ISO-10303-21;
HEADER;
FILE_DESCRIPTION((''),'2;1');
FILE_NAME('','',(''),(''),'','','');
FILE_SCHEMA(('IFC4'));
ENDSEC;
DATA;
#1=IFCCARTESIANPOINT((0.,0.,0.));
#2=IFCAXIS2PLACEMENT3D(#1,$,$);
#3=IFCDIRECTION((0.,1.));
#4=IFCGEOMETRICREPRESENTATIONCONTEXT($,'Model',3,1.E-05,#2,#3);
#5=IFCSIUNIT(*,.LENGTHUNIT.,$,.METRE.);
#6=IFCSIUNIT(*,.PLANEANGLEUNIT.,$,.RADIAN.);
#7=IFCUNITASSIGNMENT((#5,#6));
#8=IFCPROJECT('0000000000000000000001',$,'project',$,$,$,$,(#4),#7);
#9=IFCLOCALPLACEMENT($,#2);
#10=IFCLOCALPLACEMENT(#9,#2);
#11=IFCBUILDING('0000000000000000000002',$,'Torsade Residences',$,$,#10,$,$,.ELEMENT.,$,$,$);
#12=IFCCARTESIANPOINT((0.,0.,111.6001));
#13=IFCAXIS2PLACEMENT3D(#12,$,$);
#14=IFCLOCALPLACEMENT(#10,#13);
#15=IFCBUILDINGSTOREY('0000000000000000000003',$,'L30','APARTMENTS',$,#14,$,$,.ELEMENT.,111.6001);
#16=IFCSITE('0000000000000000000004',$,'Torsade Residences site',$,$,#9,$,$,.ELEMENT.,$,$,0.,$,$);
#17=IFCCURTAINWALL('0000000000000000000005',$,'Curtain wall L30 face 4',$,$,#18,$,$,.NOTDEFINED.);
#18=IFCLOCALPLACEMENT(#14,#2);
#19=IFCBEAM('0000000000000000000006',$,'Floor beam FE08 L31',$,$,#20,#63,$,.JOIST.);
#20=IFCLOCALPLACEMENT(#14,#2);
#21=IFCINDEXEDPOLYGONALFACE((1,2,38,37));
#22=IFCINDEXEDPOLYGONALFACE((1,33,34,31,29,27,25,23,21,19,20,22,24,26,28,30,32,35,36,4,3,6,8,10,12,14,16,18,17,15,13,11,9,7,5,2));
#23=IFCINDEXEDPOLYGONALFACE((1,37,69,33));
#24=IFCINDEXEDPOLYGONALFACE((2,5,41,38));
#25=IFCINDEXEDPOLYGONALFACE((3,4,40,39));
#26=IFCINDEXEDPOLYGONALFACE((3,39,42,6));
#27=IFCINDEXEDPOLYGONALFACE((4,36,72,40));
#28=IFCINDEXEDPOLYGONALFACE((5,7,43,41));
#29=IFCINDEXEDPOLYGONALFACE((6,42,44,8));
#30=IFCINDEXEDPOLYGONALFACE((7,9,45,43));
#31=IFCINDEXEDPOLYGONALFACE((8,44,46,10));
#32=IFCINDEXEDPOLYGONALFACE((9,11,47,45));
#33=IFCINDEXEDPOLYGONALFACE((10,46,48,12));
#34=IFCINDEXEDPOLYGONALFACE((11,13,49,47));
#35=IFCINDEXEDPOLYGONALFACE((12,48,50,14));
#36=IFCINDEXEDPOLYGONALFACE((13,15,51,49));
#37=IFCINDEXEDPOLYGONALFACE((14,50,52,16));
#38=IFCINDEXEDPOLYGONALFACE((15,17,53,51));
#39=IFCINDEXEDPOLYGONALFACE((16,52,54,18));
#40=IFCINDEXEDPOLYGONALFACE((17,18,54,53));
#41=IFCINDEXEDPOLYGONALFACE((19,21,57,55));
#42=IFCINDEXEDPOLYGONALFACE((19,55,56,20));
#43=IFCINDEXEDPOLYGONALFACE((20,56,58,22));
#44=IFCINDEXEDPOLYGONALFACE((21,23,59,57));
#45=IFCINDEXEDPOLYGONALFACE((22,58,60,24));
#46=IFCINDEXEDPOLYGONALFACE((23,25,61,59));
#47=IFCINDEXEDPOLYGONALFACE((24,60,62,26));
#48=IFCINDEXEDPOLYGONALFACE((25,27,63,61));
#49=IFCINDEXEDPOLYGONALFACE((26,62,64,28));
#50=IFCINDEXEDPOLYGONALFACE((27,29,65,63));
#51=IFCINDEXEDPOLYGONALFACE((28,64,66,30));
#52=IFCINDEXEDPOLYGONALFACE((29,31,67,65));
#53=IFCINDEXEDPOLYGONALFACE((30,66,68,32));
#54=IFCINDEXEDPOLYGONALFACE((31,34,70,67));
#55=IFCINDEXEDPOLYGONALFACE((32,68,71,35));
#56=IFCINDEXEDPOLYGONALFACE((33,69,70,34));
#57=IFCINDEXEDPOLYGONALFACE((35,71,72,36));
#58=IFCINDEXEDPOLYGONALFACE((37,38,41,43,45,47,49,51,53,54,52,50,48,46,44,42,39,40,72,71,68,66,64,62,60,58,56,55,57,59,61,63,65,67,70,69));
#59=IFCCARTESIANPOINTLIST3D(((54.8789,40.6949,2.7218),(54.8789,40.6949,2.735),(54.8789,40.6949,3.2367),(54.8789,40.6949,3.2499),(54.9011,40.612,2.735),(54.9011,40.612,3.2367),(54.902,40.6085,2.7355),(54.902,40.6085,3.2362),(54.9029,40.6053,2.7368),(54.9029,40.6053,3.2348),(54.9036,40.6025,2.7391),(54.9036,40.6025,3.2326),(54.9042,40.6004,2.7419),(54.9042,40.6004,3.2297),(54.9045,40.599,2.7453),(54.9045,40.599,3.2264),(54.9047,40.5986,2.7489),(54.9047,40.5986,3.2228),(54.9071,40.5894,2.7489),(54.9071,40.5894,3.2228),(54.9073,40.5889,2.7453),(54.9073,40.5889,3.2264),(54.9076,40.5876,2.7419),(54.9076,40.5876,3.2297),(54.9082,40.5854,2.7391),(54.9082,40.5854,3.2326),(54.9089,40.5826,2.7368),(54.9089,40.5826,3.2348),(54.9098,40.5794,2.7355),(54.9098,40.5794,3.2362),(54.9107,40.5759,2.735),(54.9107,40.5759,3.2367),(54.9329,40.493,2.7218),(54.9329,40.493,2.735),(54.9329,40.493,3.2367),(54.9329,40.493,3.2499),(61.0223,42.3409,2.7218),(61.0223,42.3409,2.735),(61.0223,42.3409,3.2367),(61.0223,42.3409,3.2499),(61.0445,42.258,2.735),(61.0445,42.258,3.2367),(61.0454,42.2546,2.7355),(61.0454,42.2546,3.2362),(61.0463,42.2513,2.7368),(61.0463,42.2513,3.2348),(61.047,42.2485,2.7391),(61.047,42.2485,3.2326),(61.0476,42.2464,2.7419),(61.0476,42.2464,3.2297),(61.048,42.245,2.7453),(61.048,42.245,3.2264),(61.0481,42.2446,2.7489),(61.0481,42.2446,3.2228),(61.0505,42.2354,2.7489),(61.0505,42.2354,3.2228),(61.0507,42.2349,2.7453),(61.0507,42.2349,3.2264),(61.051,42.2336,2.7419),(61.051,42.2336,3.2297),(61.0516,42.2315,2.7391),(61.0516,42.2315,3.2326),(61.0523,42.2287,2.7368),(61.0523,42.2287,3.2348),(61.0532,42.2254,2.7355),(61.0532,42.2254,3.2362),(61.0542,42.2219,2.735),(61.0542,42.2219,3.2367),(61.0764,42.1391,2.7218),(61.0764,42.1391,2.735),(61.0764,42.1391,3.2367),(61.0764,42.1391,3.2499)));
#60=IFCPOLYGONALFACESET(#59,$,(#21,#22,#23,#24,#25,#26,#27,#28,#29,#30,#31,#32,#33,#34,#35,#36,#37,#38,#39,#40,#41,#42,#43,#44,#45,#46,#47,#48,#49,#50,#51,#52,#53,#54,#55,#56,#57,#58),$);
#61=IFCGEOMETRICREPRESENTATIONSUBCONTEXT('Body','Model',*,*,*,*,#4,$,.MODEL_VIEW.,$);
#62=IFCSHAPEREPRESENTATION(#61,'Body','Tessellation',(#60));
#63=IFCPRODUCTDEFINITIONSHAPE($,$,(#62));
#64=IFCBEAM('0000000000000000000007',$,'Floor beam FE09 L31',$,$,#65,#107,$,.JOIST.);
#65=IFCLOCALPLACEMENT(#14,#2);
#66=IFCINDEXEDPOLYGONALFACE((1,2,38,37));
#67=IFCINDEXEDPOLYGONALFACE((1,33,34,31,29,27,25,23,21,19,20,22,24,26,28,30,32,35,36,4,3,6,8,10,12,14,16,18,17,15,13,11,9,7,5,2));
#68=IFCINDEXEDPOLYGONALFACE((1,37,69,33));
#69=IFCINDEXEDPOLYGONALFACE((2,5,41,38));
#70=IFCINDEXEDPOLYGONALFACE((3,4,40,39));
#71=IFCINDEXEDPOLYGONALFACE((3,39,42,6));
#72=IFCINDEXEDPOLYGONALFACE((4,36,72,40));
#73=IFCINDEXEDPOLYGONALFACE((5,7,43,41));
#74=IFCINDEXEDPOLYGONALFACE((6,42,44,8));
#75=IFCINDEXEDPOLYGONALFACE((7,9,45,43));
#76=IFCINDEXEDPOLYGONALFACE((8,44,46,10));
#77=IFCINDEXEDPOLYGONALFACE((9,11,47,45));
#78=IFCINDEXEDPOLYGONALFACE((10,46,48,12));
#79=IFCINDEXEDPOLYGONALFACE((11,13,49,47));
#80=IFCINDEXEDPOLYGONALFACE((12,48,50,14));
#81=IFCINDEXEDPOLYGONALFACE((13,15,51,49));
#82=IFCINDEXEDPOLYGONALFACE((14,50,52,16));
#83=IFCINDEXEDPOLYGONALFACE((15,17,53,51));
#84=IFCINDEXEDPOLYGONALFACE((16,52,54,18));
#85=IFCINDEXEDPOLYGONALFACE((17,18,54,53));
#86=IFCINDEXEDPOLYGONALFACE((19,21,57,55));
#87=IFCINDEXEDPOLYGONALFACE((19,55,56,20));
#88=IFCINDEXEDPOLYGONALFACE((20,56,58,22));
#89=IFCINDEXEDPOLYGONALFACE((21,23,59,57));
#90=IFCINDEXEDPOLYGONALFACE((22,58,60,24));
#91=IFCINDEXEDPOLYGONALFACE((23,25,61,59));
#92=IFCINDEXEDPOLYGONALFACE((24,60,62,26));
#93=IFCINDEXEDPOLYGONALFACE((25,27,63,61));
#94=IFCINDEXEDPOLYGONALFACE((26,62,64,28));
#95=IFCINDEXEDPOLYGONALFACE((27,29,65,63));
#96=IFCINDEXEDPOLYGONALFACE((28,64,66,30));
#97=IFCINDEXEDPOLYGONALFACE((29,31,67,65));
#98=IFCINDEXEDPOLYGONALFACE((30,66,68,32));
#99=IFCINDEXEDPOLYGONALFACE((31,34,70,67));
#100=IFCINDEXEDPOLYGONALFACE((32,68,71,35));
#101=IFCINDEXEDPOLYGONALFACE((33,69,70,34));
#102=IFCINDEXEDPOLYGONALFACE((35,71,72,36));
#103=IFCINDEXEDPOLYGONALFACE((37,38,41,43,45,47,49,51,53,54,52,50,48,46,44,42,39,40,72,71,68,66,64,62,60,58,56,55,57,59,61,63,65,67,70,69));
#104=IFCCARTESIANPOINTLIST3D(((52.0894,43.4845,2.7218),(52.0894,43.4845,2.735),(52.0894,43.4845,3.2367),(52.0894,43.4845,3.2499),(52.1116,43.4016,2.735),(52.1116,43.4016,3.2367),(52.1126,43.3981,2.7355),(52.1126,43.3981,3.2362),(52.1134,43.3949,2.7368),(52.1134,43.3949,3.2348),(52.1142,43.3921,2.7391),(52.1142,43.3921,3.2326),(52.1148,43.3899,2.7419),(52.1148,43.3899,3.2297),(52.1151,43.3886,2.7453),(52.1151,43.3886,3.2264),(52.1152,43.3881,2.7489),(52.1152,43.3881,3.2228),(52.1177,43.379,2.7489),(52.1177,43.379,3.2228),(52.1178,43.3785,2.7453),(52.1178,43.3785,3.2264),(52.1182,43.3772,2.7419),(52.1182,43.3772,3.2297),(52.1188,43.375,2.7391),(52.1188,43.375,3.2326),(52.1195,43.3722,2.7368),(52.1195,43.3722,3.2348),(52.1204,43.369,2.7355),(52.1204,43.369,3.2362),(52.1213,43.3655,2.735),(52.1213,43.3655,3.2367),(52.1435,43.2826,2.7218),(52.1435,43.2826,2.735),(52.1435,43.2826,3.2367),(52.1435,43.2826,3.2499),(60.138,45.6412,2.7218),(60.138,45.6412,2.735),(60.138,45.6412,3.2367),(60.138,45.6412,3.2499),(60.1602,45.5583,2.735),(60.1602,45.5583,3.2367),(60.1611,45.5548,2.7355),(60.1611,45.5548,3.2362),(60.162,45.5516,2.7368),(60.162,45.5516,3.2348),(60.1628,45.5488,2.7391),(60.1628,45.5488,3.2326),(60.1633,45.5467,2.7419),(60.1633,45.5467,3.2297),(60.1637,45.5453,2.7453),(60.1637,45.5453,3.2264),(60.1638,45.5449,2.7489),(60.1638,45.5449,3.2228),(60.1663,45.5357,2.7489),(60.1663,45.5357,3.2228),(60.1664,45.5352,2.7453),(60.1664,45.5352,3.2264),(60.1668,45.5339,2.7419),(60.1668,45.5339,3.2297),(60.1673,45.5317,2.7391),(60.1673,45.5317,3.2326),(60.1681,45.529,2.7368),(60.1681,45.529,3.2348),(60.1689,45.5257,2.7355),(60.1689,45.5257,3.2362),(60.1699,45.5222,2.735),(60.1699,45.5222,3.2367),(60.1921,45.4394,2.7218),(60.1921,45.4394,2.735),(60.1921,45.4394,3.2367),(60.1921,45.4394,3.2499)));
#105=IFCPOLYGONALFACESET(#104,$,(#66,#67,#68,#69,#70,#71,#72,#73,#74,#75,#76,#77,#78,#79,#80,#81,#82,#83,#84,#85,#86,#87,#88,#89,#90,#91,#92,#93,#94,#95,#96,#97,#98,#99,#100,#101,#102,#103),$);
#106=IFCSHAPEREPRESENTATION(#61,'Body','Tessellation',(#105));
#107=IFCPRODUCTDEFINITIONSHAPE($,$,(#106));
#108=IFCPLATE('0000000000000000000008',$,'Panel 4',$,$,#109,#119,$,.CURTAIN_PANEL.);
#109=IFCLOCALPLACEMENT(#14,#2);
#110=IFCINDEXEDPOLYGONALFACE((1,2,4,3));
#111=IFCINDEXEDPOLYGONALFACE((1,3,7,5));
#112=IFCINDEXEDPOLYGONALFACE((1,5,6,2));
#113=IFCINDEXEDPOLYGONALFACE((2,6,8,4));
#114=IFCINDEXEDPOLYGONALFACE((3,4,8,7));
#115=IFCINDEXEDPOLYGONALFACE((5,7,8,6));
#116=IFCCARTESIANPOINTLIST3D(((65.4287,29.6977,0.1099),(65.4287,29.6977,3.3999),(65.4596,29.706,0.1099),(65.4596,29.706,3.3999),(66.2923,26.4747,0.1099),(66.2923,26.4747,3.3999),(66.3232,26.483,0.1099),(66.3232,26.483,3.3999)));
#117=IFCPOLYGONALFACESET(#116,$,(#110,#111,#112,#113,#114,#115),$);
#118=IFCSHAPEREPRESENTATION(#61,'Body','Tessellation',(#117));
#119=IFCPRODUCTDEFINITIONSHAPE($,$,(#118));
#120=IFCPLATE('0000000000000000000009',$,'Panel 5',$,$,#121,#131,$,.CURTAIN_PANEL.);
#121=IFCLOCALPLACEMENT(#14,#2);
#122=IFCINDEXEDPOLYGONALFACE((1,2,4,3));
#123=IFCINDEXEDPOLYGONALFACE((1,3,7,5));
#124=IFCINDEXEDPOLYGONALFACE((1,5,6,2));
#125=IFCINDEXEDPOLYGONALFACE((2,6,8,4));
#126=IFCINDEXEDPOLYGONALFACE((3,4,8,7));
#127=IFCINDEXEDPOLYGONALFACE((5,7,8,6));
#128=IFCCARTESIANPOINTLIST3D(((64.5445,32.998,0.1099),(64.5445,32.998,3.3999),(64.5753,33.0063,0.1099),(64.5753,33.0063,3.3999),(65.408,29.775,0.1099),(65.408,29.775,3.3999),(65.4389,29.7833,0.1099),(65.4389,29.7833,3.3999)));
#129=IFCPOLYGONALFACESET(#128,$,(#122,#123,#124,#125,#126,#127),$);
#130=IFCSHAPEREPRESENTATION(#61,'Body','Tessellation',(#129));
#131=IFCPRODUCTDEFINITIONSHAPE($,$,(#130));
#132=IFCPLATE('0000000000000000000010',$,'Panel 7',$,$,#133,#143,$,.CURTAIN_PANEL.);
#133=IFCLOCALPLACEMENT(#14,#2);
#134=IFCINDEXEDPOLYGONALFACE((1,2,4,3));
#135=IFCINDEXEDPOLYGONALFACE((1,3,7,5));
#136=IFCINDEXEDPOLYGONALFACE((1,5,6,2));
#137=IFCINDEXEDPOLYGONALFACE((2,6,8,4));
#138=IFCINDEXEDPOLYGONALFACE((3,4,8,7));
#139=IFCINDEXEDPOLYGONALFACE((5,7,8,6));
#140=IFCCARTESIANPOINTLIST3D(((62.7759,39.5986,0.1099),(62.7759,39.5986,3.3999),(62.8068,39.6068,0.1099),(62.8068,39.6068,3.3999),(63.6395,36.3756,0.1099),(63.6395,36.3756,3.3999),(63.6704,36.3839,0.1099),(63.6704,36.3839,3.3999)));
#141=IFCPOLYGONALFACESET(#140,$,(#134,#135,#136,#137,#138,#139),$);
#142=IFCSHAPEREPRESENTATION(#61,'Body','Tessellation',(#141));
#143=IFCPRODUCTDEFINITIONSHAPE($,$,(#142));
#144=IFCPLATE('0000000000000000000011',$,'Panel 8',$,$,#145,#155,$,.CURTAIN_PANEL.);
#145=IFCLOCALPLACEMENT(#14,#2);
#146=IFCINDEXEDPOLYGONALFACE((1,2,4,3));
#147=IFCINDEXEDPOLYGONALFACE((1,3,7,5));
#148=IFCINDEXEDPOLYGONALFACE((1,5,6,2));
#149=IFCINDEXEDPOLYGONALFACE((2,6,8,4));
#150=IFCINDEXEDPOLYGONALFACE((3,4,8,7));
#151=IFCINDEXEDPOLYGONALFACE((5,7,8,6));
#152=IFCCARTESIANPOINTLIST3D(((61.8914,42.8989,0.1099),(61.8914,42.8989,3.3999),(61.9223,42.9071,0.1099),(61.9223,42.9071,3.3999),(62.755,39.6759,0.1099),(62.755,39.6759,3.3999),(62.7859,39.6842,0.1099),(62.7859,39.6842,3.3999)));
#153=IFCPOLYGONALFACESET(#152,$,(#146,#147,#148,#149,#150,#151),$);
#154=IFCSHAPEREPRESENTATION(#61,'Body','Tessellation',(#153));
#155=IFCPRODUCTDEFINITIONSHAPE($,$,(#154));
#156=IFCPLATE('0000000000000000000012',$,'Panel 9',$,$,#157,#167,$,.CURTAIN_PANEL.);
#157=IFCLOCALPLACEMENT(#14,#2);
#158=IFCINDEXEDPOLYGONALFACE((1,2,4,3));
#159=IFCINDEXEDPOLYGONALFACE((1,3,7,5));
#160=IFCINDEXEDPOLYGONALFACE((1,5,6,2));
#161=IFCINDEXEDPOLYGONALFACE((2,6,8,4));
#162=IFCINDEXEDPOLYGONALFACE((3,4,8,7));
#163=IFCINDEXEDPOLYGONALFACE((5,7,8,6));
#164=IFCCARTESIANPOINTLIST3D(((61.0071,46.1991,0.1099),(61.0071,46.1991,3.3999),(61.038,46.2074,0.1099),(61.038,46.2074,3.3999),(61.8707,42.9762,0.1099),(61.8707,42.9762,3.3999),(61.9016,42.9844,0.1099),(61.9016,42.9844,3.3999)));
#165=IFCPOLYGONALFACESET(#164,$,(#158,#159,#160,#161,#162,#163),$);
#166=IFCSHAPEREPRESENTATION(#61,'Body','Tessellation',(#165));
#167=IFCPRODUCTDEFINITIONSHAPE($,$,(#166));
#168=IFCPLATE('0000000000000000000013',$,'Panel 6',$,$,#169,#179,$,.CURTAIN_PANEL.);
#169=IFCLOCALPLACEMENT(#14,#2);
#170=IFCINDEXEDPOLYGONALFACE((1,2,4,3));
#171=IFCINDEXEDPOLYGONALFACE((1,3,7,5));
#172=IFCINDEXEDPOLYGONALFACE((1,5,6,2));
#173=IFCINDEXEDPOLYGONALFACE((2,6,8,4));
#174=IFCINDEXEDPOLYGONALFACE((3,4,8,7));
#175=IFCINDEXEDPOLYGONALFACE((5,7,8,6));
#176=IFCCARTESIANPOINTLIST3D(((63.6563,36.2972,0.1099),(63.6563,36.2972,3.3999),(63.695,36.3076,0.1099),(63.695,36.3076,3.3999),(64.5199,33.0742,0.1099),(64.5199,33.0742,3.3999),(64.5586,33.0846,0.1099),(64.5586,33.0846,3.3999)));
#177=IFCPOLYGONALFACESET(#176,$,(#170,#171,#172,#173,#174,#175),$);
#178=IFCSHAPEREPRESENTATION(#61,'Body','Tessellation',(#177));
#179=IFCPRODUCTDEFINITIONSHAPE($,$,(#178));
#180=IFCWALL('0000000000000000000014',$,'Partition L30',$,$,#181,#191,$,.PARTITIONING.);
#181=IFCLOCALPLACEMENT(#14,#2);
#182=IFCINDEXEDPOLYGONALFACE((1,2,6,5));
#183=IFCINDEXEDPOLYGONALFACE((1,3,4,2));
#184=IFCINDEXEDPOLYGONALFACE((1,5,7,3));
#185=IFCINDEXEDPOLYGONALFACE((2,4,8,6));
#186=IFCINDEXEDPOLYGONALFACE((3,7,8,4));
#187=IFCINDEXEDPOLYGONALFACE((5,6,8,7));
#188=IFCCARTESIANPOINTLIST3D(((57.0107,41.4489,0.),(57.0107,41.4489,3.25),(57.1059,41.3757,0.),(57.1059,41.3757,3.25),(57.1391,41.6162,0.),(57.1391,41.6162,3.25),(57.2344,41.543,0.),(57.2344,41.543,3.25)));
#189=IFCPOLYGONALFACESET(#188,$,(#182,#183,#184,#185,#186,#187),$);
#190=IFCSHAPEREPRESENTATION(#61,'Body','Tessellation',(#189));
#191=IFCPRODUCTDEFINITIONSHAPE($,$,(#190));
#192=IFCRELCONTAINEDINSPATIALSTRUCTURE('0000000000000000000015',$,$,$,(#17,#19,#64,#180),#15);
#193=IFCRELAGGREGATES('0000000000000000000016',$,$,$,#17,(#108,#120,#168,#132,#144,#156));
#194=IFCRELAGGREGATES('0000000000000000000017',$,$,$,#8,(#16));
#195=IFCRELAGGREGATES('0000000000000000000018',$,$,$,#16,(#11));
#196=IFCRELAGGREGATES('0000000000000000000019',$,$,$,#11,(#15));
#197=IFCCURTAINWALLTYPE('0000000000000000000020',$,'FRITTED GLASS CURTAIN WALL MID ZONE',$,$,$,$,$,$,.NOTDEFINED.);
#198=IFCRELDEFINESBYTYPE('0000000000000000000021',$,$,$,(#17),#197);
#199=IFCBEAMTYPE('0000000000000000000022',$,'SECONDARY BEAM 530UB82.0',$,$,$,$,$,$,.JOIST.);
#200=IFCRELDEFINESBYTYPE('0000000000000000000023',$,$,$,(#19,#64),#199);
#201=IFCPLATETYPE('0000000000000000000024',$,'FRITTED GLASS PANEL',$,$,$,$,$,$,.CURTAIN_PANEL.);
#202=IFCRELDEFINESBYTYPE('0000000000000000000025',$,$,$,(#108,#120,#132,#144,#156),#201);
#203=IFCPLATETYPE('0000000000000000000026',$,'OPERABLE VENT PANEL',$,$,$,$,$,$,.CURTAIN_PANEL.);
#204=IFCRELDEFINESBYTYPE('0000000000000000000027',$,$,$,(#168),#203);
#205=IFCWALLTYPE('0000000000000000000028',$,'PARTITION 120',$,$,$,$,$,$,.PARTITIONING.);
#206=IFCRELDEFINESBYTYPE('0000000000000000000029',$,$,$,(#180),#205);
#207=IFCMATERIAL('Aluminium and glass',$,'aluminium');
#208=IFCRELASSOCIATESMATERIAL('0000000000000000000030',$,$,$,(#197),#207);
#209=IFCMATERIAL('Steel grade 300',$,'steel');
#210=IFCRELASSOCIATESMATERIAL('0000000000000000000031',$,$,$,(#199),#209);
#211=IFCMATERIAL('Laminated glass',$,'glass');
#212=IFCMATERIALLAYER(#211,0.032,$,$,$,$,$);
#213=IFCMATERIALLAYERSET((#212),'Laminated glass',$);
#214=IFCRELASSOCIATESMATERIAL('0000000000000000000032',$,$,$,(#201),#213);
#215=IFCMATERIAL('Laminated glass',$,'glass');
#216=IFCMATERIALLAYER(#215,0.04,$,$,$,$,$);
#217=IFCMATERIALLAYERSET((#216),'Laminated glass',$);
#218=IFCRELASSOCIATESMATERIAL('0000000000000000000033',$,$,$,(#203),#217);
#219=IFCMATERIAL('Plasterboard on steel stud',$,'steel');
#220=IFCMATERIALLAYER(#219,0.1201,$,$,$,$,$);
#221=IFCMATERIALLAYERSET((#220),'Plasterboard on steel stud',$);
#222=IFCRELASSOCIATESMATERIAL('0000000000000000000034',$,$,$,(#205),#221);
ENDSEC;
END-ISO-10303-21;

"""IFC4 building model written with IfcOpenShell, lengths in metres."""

from ifc_helpers import new_model, si_unit, direction, frame, frame_2d, origin, origin_2d, place, context, subcontext, project, spatial, rectangle, i_section, extrude, material, layer, layer_set, material_profile, profile_set, type_object, element, aggregate, save


model = new_model("IFC4")

# Units and contexts
model_context = context("Model", 3, precision=1e-05, world=origin(), true_north=direction((0.0, 1.0)))
body_context = subcontext(model_context, "Body", "Model", "MODEL_VIEW")
ifc_project = project(units=[si_unit("LENGTHUNIT", "METRE"), si_unit("PLANEANGLEUNIT", "RADIAN")], contexts=[model_context])

# Site, building, storey
site_placement = place(None, origin())
site = spatial("IfcSite", under=ifc_project, at=site_placement, Name="Torsade Residences site", CompositionType="ELEMENT", RefElevation=0.0)
building_placement = place(site_placement, origin())
building = spatial("IfcBuilding", under=site, at=building_placement, Name="Torsade Residences", CompositionType="ELEMENT")
storey_placement = place(building_placement, frame((0.0, 0.0, 111.6001)))
storey = spatial("IfcBuildingStorey", under=building, at=storey_placement, Name="L30", Description="APARTMENTS", CompositionType="ELEMENT", Elevation=111.6001)

# Curtain wall
ifc_material_1 = material(Name="Aluminium and glass", Category="aluminium")
curtain_wall_type = type_object("IfcCurtainWallType", Name="FRITTED GLASS CURTAIN WALL MID ZONE", PredefinedType="NOTDEFINED", material=ifc_material_1)
curtain_wall_placement = place(storey_placement, origin())
curtain_wall = element("IfcCurtainWall", 1, at=curtain_wall_placement, inside=storey, type_object=curtain_wall_type, Name="Curtain wall L30 face 4", PredefinedType="NOTDEFINED")

# Beams
ifc_material_2 = material(Name="Steel grade 300", Category="steel")
ifc_material_profile_1 = material_profile(ifc_material_2, i_section(OverallWidth=0.209, OverallDepth=0.5281, WebThickness=0.0095, FlangeThickness=0.0132, FilletRadius=0.0139, at=origin_2d()), Name="530UB82.0")
ifc_profile_set_1 = profile_set([ifc_material_profile_1], Name="Steel grade 300")
beam_type_1 = type_object("IfcBeamType", Name="SECONDARY BEAM 530UB82.0", PredefinedType="JOIST", material=ifc_profile_set_1)
beam_1_placement = place(storey_placement, frame((61.0493, 42.24, 2.9858), z_axis=(-0.96593, -0.258805, 0.0), x_axis=(0.258805, -0.96593, 0.0)))
element("IfcBeam", 2, at=beam_1_placement, inside=storey, type_object=beam_type_1, Name="Floor beam FE08 L31", PredefinedType="JOIST", context=body_context, shape_type="SweptSolid", body=[
    extrude(i_section(OverallWidth=0.209, OverallDepth=0.5281, WebThickness=0.0095, FlangeThickness=0.0132, FilletRadius=0.0139, at=origin_2d()), origin(), (0.0, 0.0, 1.0), 6.3601),
])
beam_2_placement = place(storey_placement, frame((60.165, 45.5403, 2.9858), z_axis=(-0.965922, -0.258833, 0.0), x_axis=(0.258833, -0.965922, 0.0)))
element("IfcBeam", 3, at=beam_2_placement, inside=storey, type_object=beam_type_1, Name="Floor beam FE09 L31", PredefinedType="JOIST", context=body_context, shape_type="SweptSolid", body=[
    extrude(i_section(OverallWidth=0.209, OverallDepth=0.5281, WebThickness=0.0095, FlangeThickness=0.0132, FilletRadius=0.0139, at=origin_2d()), origin(), (0.0, 0.0, 1.0), 8.3325),
])

# Plates
ifc_material_3 = material(Name="Laminated glass", Category="glass")
ifc_layer_1 = layer(ifc_material_3, 0.032)
ifc_layer_set_1 = layer_set([ifc_layer_1], Name="Laminated glass")
plate_type_1 = type_object("IfcPlateType", Name="FRITTED GLASS PANEL", PredefinedType="CURTAIN_PANEL", material=ifc_layer_set_1)
plate_1_placement = place(storey_placement, frame((65.876, 28.0903, 0.1099), z_axis=(0.0, 0.0, 1.0), x_axis=(-0.258819, 0.965926, 0.0)))
plate_1 = element("IfcPlate", 4, at=plate_1_placement, type_object=plate_type_1, Name="Panel 4", PredefinedType="CURTAIN_PANEL", context=body_context, shape_type="SweptSolid", body=[
    extrude(rectangle(XDim=3.3367, YDim=0.032, at=origin_2d()), origin(), (0.0, 0.0, 1.0), 3.29),
])
plate_2_placement = place(storey_placement, frame((64.9917, 31.3906, 0.1099), z_axis=(0.0, 0.0, 1.0), x_axis=(-0.258819, 0.965926, 0.0)))
plate_2 = element("IfcPlate", 5, at=plate_2_placement, type_object=plate_type_1, Name="Panel 5", PredefinedType="CURTAIN_PANEL", context=body_context, shape_type="SweptSolid", body=[
    extrude(rectangle(XDim=3.3367, YDim=0.032, at=origin_2d()), origin(), (0.0, 0.0, 1.0), 3.29),
])
plate_3_placement = place(storey_placement, frame((63.2231, 37.9912, 0.1099), z_axis=(0.0, 0.0, 1.0), x_axis=(-0.258819, 0.965926, 0.0)))
plate_3 = element("IfcPlate", 6, at=plate_3_placement, type_object=plate_type_1, Name="Panel 7", PredefinedType="CURTAIN_PANEL", context=body_context, shape_type="SweptSolid", body=[
    extrude(rectangle(XDim=3.3367, YDim=0.032, at=origin_2d()), origin(), (0.0, 0.0, 1.0), 3.29),
])
plate_4_placement = place(storey_placement, frame((62.3386, 41.2915, 0.1099), z_axis=(0.0, 0.0, 1.0), x_axis=(-0.258819, 0.965926, 0.0)))
plate_4 = element("IfcPlate", 7, at=plate_4_placement, type_object=plate_type_1, Name="Panel 8", PredefinedType="CURTAIN_PANEL", context=body_context, shape_type="SweptSolid", body=[
    extrude(rectangle(XDim=3.3367, YDim=0.032, at=origin_2d()), origin(), (0.0, 0.0, 1.0), 3.29),
])
plate_5_placement = place(storey_placement, frame((61.4543, 44.5918, 0.1099), z_axis=(0.0, 0.0, 1.0), x_axis=(-0.258819, 0.965926, 0.0)))
plate_5 = element("IfcPlate", 8, at=plate_5_placement, type_object=plate_type_1, Name="Panel 9", PredefinedType="CURTAIN_PANEL", context=body_context, shape_type="SweptSolid", body=[
    extrude(rectangle(XDim=3.3367, YDim=0.032, at=origin_2d()), origin(), (0.0, 0.0, 1.0), 3.29),
])
ifc_material_4 = material(Name="Laminated glass", Category="glass")
ifc_layer_2 = layer(ifc_material_4, 0.04)
ifc_layer_set_2 = layer_set([ifc_layer_2], Name="Laminated glass")
plate_type_2 = type_object("IfcPlateType", Name="OPERABLE VENT PANEL", PredefinedType="CURTAIN_PANEL", material=ifc_layer_set_2)
plate_6_placement = place(storey_placement, frame((64.1074, 34.6909, 0.1099), z_axis=(0.0, 0.0, 1.0), x_axis=(-0.258819, 0.965926, 0.0)))
plate_6 = element("IfcPlate", 9, at=plate_6_placement, type_object=plate_type_2, Name="Panel 6", PredefinedType="CURTAIN_PANEL", context=body_context, shape_type="SweptSolid", body=[
    extrude(rectangle(XDim=3.3367, YDim=0.04, at=origin_2d()), origin(), (0.0, 0.0, 1.0), 3.29),
])
aggregate(curtain_wall, [plate_1, plate_2, plate_6, plate_3, plate_4, plate_5])

# Wall
ifc_material_5 = material(Name="Plasterboard on steel stud", Category="steel")
ifc_layer_3 = layer(ifc_material_5, 0.1201)
ifc_layer_set_3 = layer_set([ifc_layer_3], Name="Plasterboard on steel stud")
wall_type_1 = type_object("IfcWallType", Name="PARTITION 120", PredefinedType="PARTITIONING", material=ifc_layer_set_3)
wall_1_placement = place(storey_placement, frame((57.1868, 41.5796, 0.0), z_axis=(0.0, 0.0, 1.0), x_axis=(-0.609039, -0.79314, 0.0)))
element("IfcWall", 10, at=wall_1_placement, inside=storey, type_object=wall_type_1, Name="Partition L30", PredefinedType="PARTITIONING", context=body_context, shape_type="SweptSolid", body=[
    extrude(rectangle(XDim=0.2109, YDim=0.1201, at=frame_2d((0.1055, 0.0))), origin(), (0.0, 0.0, 1.0), 3.25),
])

save(model, "model.ifc")
